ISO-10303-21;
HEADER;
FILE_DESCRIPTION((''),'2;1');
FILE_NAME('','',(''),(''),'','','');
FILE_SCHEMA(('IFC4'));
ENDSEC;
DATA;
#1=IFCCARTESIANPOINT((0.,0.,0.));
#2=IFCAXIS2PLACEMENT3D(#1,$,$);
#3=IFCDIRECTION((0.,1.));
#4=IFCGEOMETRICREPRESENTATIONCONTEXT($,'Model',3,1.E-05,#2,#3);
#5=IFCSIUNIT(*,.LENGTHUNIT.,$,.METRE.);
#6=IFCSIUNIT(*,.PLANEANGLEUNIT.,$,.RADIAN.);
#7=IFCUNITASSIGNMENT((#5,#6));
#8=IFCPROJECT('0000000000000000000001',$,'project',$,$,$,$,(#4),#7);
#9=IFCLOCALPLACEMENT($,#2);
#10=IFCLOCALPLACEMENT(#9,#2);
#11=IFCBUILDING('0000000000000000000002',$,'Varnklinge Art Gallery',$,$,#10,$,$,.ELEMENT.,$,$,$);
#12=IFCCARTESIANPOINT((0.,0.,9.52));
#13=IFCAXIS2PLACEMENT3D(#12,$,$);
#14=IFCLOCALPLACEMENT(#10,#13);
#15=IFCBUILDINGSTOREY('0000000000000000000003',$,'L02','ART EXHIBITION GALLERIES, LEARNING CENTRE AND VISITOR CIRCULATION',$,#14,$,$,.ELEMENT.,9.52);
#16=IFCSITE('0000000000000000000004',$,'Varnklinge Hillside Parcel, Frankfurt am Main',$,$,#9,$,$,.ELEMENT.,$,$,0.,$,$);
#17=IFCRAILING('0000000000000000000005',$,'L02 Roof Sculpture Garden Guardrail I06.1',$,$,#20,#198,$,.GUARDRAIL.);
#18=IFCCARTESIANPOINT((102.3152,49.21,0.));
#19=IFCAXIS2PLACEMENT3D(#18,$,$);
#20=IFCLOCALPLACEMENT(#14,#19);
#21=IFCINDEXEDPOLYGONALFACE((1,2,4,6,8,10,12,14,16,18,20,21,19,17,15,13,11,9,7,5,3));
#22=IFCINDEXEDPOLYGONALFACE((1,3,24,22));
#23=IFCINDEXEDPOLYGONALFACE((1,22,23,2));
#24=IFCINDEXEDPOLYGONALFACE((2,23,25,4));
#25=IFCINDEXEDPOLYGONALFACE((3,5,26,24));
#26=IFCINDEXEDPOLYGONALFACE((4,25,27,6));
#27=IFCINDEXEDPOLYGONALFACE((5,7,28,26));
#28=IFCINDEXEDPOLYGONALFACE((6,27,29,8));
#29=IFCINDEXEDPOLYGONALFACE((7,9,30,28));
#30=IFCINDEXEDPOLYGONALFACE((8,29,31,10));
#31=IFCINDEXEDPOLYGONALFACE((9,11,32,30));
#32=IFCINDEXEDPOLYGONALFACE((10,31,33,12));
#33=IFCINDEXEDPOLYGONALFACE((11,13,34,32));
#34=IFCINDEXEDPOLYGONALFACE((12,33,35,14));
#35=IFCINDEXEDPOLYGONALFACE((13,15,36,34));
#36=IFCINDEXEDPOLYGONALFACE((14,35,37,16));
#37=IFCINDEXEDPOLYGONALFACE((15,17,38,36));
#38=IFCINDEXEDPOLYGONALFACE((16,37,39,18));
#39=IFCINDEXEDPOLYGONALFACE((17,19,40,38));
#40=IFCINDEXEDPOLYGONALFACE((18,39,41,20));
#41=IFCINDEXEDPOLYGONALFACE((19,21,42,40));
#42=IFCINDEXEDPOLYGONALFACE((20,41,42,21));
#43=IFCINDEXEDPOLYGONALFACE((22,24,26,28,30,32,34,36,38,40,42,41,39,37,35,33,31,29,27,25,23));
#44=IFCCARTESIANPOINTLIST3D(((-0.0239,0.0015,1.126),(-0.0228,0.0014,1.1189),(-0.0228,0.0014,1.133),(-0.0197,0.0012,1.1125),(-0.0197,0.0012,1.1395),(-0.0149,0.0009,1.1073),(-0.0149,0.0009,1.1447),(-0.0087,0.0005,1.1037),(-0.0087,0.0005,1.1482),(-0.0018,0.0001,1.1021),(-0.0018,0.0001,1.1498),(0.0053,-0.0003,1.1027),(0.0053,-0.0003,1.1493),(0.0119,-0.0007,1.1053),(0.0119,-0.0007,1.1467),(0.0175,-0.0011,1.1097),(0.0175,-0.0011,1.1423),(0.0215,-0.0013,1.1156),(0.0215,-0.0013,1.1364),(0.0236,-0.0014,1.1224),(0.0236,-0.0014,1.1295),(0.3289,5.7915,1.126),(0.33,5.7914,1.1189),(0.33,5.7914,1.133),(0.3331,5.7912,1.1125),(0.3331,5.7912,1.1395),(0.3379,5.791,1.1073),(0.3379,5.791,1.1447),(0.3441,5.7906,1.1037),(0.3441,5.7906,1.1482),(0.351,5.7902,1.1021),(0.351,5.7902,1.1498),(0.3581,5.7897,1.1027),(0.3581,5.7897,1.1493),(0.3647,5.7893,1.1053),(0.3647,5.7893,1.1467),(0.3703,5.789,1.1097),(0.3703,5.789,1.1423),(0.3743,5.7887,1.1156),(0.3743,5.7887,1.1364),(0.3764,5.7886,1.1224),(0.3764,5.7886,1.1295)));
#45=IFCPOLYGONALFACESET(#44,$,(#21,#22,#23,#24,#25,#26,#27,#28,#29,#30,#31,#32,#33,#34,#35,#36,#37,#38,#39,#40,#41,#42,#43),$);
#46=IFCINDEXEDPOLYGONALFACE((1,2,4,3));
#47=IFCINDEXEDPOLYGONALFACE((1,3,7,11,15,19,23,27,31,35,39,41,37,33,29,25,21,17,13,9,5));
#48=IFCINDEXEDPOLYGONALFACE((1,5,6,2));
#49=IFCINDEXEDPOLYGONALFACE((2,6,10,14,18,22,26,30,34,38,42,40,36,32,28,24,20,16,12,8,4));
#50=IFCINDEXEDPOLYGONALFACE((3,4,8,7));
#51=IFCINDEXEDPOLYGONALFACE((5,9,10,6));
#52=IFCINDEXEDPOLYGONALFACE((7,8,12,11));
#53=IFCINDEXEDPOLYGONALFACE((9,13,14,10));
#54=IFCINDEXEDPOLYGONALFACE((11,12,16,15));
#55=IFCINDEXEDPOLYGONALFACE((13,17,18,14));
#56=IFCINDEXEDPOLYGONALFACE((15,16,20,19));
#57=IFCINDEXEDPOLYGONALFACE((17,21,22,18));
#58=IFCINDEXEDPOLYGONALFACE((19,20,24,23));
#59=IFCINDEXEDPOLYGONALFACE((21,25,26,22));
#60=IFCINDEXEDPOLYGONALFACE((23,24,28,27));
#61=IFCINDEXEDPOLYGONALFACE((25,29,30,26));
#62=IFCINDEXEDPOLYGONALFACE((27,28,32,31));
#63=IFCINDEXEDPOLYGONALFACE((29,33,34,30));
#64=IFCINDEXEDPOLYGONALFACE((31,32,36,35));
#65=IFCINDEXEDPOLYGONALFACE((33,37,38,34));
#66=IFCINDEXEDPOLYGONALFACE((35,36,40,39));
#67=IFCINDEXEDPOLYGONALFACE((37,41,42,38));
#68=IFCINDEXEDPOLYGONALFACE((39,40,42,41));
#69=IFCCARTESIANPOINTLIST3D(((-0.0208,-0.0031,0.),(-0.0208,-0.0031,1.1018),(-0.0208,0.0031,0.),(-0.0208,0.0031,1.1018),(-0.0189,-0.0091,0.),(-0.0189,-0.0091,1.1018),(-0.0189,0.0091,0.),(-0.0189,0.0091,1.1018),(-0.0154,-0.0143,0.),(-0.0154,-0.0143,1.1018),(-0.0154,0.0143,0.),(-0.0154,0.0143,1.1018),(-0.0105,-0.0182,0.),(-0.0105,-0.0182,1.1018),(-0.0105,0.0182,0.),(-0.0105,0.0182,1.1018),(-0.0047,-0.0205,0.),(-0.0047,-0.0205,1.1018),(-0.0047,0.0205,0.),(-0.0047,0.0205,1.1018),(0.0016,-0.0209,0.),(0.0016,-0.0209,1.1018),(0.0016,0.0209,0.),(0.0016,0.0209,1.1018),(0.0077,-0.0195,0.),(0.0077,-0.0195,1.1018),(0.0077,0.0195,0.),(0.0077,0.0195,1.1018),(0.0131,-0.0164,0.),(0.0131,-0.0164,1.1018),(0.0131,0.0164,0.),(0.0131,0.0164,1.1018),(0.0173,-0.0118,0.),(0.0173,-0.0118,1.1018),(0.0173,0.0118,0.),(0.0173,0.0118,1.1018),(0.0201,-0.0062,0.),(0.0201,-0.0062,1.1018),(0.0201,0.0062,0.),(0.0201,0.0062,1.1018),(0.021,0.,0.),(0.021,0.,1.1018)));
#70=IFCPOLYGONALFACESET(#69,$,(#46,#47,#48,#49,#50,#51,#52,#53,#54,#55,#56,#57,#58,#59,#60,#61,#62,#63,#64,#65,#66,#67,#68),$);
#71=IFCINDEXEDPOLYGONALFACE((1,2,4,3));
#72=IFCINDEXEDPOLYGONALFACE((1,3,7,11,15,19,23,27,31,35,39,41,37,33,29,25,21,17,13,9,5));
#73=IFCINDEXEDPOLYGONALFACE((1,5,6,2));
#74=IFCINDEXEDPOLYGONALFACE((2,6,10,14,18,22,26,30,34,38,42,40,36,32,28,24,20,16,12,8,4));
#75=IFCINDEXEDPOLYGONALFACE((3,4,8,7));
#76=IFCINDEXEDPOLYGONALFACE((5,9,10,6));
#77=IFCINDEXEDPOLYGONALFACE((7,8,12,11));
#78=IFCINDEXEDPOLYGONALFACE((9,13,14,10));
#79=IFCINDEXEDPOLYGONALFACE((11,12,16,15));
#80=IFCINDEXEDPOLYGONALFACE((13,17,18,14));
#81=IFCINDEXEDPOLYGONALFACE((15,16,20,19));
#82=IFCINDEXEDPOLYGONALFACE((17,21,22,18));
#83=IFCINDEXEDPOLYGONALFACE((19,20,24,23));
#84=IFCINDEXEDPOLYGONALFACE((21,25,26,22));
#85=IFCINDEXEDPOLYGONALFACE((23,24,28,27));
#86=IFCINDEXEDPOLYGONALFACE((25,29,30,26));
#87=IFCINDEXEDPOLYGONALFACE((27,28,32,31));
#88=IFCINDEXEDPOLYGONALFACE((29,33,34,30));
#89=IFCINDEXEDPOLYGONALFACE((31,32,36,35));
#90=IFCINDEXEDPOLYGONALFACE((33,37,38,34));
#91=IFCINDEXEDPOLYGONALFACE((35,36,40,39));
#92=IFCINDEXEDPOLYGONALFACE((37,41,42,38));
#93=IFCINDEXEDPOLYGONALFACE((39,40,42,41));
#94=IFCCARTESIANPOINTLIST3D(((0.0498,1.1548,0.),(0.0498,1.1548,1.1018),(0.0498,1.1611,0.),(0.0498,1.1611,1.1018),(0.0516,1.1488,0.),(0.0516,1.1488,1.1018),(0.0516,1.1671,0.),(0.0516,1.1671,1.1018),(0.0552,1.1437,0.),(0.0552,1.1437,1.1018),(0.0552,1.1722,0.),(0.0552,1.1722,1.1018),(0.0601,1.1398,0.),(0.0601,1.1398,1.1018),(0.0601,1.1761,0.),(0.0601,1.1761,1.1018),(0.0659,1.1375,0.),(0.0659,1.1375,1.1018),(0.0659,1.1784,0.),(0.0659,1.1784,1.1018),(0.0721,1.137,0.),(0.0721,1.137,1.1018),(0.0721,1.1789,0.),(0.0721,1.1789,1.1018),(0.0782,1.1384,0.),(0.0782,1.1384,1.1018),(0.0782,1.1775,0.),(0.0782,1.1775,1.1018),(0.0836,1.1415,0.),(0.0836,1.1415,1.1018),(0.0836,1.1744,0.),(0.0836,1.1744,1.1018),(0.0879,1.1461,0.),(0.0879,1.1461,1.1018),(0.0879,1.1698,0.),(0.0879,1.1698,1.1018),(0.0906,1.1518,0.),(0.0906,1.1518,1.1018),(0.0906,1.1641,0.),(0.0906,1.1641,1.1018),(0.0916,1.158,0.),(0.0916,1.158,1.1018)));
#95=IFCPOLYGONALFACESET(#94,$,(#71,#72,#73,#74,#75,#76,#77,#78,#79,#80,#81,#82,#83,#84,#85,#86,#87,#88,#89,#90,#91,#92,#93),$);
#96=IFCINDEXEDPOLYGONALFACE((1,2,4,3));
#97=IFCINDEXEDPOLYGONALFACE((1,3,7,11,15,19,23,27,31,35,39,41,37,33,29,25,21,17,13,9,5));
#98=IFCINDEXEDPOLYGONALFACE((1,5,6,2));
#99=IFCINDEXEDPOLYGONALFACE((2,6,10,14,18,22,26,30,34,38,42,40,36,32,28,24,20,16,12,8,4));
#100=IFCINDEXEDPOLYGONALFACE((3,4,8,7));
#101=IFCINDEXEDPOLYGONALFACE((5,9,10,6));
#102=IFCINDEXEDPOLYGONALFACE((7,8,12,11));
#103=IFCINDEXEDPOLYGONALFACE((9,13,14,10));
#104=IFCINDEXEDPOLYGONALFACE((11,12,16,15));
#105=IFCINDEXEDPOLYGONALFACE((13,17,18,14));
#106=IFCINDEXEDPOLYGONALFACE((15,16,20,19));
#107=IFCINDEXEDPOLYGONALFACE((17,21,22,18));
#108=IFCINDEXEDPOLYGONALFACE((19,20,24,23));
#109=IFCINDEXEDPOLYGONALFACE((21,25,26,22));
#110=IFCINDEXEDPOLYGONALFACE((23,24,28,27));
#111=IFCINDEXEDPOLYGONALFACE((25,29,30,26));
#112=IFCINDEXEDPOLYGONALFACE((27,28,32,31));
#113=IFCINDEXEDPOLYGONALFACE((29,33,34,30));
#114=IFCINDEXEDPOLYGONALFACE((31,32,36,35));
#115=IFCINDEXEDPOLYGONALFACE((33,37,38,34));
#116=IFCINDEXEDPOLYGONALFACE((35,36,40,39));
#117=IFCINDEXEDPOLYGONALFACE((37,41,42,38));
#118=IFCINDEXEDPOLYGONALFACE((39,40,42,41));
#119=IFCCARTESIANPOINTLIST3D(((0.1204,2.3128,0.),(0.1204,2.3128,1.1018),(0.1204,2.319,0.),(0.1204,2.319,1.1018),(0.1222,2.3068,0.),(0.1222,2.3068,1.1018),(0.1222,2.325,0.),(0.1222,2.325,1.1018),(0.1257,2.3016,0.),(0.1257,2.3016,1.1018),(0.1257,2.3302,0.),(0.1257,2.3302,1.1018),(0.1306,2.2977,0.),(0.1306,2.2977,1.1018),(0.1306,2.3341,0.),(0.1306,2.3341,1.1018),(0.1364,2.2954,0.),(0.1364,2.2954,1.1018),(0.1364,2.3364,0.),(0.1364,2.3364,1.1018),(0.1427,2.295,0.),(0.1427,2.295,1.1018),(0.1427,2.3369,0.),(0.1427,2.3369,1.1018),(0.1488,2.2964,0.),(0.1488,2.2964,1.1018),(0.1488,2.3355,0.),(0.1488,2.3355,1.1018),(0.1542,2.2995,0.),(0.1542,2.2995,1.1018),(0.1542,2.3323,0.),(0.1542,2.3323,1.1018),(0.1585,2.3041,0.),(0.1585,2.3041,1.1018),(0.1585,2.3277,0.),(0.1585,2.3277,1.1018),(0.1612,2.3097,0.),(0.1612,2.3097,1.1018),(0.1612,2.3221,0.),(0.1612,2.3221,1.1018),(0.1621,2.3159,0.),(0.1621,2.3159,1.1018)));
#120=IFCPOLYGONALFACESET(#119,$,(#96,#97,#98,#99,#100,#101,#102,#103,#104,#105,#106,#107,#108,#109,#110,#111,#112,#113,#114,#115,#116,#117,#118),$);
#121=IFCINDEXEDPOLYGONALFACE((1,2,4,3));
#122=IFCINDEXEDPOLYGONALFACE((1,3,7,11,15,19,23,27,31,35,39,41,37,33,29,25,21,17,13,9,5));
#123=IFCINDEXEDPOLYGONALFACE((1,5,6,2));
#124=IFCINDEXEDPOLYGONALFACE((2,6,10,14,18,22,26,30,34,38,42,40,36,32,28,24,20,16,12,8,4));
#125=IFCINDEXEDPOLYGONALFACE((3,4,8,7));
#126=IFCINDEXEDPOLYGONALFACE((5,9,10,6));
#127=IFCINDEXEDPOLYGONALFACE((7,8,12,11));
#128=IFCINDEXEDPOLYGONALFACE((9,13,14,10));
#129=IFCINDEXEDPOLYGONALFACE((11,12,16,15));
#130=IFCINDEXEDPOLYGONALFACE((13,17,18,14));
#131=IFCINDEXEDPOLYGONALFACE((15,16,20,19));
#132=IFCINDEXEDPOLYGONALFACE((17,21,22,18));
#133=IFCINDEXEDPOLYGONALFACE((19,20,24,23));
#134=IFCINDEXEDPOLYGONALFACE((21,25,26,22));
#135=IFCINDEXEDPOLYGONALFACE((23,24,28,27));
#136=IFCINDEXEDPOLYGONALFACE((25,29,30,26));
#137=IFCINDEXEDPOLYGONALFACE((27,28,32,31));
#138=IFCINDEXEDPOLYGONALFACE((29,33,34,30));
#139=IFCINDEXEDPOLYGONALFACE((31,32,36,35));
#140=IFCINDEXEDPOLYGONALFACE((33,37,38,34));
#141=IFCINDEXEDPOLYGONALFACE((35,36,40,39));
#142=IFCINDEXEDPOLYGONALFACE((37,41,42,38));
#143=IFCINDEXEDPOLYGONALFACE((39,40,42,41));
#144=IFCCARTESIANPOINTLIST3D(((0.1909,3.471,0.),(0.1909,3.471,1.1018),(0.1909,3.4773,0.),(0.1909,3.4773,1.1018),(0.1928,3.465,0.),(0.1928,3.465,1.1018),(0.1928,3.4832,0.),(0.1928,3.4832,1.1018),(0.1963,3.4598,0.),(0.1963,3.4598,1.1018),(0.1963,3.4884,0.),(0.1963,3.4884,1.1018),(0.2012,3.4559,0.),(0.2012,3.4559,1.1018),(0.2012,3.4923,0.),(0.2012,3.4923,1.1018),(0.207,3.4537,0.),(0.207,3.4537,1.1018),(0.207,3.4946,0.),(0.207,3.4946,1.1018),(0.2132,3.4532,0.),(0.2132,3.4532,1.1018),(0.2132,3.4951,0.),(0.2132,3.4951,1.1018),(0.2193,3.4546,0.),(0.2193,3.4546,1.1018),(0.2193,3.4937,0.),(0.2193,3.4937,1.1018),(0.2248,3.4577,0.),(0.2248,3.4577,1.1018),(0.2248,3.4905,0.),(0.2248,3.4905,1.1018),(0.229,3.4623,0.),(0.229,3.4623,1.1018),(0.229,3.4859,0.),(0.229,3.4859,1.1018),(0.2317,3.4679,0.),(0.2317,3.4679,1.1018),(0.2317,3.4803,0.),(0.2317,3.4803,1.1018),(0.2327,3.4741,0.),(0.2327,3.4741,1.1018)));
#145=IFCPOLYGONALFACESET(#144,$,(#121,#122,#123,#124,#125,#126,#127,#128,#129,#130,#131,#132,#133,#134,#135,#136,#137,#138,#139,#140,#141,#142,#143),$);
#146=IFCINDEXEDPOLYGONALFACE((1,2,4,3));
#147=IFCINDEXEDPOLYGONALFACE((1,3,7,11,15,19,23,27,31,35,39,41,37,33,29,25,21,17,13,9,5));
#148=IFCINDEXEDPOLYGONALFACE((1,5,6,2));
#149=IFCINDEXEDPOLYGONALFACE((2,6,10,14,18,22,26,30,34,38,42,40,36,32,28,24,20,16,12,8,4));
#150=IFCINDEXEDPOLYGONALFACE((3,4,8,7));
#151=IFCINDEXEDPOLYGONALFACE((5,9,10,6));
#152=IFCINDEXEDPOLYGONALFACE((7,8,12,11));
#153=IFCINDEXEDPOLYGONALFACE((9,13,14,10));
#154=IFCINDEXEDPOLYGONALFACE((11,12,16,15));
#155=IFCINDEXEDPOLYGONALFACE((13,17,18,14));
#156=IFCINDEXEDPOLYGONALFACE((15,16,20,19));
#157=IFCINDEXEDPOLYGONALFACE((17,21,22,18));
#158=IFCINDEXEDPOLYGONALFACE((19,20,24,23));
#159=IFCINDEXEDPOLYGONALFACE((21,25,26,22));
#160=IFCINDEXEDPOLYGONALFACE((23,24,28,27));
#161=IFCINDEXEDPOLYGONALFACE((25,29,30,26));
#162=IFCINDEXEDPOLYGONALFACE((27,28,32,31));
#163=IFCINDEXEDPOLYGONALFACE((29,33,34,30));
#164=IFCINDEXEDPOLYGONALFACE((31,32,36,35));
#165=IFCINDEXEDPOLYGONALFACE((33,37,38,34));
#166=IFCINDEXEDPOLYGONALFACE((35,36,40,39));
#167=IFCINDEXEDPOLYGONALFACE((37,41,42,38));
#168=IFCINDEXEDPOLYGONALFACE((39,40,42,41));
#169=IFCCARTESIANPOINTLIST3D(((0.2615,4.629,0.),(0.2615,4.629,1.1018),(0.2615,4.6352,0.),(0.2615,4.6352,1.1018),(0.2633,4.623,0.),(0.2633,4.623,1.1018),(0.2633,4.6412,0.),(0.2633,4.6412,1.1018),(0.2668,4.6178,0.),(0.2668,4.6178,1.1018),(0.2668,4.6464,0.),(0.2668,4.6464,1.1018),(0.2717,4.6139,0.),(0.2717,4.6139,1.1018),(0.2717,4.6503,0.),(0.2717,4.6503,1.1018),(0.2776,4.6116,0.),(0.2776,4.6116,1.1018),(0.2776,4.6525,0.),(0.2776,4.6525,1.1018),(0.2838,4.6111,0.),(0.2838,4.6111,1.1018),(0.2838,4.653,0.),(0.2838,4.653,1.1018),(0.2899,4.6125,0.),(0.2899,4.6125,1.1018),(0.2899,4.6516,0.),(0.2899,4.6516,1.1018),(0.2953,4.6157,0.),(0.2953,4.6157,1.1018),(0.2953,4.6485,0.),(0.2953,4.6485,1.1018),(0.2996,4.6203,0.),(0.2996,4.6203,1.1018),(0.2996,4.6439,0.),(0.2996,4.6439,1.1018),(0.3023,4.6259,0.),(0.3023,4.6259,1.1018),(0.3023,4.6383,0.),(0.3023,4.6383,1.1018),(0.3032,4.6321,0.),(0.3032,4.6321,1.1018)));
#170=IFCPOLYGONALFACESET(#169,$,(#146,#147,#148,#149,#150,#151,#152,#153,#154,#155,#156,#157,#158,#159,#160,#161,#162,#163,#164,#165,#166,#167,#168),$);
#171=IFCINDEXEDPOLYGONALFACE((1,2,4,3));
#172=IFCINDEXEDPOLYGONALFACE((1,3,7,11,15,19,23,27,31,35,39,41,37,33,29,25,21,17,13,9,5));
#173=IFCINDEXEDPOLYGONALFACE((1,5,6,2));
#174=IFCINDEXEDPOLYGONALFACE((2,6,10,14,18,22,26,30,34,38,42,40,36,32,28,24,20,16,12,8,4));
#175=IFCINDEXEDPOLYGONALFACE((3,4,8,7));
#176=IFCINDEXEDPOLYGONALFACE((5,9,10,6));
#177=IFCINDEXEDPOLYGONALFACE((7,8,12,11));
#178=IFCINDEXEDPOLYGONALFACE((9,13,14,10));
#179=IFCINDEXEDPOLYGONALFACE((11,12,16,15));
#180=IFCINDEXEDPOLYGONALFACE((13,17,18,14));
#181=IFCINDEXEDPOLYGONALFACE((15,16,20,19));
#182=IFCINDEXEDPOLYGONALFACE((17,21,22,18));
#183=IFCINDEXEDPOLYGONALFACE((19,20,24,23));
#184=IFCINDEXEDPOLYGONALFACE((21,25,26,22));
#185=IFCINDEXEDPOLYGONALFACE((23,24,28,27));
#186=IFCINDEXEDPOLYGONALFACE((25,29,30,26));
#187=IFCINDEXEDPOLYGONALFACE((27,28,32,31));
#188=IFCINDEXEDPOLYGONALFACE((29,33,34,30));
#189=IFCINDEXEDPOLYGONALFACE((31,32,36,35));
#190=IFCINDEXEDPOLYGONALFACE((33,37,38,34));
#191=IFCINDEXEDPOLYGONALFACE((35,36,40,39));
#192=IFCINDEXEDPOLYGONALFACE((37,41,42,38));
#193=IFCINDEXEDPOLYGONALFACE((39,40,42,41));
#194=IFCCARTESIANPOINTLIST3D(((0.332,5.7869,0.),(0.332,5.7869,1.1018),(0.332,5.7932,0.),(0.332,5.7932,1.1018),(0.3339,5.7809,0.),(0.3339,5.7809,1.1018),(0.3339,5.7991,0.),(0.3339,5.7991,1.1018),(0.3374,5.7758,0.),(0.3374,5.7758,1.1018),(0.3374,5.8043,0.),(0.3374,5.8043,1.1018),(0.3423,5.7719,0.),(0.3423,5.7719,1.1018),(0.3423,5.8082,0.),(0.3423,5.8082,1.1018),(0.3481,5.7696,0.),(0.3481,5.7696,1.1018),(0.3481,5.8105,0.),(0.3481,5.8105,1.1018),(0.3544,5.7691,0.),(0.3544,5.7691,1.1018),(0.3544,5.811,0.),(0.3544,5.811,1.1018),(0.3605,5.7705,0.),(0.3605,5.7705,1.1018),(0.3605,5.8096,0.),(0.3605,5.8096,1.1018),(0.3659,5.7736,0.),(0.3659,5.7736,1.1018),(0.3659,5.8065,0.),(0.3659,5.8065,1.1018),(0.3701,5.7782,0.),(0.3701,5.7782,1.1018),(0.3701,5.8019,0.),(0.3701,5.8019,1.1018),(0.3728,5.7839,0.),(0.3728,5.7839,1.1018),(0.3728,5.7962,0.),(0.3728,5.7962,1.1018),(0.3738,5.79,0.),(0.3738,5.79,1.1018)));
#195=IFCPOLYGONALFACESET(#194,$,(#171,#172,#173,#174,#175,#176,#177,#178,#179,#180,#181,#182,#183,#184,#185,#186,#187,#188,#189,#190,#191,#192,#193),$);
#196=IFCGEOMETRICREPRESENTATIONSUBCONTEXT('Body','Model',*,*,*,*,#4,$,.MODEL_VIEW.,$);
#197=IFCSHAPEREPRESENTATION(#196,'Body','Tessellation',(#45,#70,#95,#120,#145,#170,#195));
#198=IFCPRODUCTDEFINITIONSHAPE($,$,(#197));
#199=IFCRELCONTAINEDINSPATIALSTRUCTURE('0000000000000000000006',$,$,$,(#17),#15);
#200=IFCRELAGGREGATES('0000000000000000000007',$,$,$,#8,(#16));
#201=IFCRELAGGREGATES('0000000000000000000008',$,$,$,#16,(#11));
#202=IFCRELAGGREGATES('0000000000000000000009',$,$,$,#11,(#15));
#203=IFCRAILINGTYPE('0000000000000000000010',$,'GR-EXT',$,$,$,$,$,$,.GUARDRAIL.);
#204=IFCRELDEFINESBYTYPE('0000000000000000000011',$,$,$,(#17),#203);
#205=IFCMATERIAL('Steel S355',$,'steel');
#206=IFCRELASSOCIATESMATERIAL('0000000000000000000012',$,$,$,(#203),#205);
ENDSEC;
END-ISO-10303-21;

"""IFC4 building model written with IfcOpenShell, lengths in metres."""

from ifc_helpers import new_model, si_unit, direction, frame, origin, origin_2d, place, context, subcontext, project, spatial, circle, extrude, material, type_object, element, save


model = new_model("IFC4")

# Units and contexts
model_context = context("Model", 3, precision=1e-05, world=origin(), true_north=direction((0.0, 1.0)))
body_context = subcontext(model_context, "Body", "Model", "MODEL_VIEW")
ifc_project = project(units=[si_unit("LENGTHUNIT", "METRE"), si_unit("PLANEANGLEUNIT", "RADIAN")], contexts=[model_context])

# Site, building, storey
site_placement = place(None, origin())
site = spatial("IfcSite", under=ifc_project, at=site_placement, Name="Varnklinge Hillside Parcel, Frankfurt am Main", CompositionType="ELEMENT", RefElevation=0.0)
building_placement = place(site_placement, origin())
building = spatial("IfcBuilding", under=site, at=building_placement, Name="Varnklinge Art Gallery", CompositionType="ELEMENT")
storey_placement = place(building_placement, frame((0.0, 0.0, 9.52)))
storey = spatial("IfcBuildingStorey", under=building, at=storey_placement, Name="L02", Description="ART EXHIBITION GALLERIES, LEARNING CENTRE AND VISITOR CIRCULATION", CompositionType="ELEMENT", Elevation=9.52)

# Railing
ifc_material_1 = material(Name="Steel S355", Category="steel")
railing_type_1 = type_object("IfcRailingType", Name="GR-EXT", PredefinedType="GUARDRAIL", material=ifc_material_1)
railing_1_placement = place(storey_placement, frame((102.3152, 49.21, 0.0)))
element("IfcRailing", 1, at=railing_1_placement, inside=storey, type_object=railing_type_1, Name="L02 Roof Sculpture Garden Guardrail I06.1", PredefinedType="GUARDRAIL", context=body_context, shape_type="SweptSolid", body=[
    extrude(circle(Radius=0.0239, at=origin_2d()), frame((0.0, 0.0, 1.126), z_axis=(0.060817, 0.998149, 0.0), x_axis=(-0.998149, 0.060817, 0.0)), (0.0, 0.0, 1.0), 5.8008),
    extrude(circle(Radius=0.021, at=origin_2d()), origin(), (0.0, 0.0, 1.0), 1.1018),
    extrude(circle(Radius=0.021, at=origin_2d()), frame((0.0706, 1.158, 0.0)), (0.0, 0.0, 1.0), 1.1018),
    extrude(circle(Radius=0.021, at=origin_2d()), frame((0.1411, 2.3159, 0.0)), (0.0, 0.0, 1.0), 1.1018),
    extrude(circle(Radius=0.021, at=origin_2d()), frame((0.2117, 3.4741, 0.0)), (0.0, 0.0, 1.0), 1.1018),
    extrude(circle(Radius=0.021, at=origin_2d()), frame((0.2822, 4.6321, 0.0)), (0.0, 0.0, 1.0), 1.1018),
    extrude(circle(Radius=0.021, at=origin_2d()), frame((0.3528, 5.79, 0.0)), (0.0, 0.0, 1.0), 1.1018),
])

save(model, "model.ifc")
